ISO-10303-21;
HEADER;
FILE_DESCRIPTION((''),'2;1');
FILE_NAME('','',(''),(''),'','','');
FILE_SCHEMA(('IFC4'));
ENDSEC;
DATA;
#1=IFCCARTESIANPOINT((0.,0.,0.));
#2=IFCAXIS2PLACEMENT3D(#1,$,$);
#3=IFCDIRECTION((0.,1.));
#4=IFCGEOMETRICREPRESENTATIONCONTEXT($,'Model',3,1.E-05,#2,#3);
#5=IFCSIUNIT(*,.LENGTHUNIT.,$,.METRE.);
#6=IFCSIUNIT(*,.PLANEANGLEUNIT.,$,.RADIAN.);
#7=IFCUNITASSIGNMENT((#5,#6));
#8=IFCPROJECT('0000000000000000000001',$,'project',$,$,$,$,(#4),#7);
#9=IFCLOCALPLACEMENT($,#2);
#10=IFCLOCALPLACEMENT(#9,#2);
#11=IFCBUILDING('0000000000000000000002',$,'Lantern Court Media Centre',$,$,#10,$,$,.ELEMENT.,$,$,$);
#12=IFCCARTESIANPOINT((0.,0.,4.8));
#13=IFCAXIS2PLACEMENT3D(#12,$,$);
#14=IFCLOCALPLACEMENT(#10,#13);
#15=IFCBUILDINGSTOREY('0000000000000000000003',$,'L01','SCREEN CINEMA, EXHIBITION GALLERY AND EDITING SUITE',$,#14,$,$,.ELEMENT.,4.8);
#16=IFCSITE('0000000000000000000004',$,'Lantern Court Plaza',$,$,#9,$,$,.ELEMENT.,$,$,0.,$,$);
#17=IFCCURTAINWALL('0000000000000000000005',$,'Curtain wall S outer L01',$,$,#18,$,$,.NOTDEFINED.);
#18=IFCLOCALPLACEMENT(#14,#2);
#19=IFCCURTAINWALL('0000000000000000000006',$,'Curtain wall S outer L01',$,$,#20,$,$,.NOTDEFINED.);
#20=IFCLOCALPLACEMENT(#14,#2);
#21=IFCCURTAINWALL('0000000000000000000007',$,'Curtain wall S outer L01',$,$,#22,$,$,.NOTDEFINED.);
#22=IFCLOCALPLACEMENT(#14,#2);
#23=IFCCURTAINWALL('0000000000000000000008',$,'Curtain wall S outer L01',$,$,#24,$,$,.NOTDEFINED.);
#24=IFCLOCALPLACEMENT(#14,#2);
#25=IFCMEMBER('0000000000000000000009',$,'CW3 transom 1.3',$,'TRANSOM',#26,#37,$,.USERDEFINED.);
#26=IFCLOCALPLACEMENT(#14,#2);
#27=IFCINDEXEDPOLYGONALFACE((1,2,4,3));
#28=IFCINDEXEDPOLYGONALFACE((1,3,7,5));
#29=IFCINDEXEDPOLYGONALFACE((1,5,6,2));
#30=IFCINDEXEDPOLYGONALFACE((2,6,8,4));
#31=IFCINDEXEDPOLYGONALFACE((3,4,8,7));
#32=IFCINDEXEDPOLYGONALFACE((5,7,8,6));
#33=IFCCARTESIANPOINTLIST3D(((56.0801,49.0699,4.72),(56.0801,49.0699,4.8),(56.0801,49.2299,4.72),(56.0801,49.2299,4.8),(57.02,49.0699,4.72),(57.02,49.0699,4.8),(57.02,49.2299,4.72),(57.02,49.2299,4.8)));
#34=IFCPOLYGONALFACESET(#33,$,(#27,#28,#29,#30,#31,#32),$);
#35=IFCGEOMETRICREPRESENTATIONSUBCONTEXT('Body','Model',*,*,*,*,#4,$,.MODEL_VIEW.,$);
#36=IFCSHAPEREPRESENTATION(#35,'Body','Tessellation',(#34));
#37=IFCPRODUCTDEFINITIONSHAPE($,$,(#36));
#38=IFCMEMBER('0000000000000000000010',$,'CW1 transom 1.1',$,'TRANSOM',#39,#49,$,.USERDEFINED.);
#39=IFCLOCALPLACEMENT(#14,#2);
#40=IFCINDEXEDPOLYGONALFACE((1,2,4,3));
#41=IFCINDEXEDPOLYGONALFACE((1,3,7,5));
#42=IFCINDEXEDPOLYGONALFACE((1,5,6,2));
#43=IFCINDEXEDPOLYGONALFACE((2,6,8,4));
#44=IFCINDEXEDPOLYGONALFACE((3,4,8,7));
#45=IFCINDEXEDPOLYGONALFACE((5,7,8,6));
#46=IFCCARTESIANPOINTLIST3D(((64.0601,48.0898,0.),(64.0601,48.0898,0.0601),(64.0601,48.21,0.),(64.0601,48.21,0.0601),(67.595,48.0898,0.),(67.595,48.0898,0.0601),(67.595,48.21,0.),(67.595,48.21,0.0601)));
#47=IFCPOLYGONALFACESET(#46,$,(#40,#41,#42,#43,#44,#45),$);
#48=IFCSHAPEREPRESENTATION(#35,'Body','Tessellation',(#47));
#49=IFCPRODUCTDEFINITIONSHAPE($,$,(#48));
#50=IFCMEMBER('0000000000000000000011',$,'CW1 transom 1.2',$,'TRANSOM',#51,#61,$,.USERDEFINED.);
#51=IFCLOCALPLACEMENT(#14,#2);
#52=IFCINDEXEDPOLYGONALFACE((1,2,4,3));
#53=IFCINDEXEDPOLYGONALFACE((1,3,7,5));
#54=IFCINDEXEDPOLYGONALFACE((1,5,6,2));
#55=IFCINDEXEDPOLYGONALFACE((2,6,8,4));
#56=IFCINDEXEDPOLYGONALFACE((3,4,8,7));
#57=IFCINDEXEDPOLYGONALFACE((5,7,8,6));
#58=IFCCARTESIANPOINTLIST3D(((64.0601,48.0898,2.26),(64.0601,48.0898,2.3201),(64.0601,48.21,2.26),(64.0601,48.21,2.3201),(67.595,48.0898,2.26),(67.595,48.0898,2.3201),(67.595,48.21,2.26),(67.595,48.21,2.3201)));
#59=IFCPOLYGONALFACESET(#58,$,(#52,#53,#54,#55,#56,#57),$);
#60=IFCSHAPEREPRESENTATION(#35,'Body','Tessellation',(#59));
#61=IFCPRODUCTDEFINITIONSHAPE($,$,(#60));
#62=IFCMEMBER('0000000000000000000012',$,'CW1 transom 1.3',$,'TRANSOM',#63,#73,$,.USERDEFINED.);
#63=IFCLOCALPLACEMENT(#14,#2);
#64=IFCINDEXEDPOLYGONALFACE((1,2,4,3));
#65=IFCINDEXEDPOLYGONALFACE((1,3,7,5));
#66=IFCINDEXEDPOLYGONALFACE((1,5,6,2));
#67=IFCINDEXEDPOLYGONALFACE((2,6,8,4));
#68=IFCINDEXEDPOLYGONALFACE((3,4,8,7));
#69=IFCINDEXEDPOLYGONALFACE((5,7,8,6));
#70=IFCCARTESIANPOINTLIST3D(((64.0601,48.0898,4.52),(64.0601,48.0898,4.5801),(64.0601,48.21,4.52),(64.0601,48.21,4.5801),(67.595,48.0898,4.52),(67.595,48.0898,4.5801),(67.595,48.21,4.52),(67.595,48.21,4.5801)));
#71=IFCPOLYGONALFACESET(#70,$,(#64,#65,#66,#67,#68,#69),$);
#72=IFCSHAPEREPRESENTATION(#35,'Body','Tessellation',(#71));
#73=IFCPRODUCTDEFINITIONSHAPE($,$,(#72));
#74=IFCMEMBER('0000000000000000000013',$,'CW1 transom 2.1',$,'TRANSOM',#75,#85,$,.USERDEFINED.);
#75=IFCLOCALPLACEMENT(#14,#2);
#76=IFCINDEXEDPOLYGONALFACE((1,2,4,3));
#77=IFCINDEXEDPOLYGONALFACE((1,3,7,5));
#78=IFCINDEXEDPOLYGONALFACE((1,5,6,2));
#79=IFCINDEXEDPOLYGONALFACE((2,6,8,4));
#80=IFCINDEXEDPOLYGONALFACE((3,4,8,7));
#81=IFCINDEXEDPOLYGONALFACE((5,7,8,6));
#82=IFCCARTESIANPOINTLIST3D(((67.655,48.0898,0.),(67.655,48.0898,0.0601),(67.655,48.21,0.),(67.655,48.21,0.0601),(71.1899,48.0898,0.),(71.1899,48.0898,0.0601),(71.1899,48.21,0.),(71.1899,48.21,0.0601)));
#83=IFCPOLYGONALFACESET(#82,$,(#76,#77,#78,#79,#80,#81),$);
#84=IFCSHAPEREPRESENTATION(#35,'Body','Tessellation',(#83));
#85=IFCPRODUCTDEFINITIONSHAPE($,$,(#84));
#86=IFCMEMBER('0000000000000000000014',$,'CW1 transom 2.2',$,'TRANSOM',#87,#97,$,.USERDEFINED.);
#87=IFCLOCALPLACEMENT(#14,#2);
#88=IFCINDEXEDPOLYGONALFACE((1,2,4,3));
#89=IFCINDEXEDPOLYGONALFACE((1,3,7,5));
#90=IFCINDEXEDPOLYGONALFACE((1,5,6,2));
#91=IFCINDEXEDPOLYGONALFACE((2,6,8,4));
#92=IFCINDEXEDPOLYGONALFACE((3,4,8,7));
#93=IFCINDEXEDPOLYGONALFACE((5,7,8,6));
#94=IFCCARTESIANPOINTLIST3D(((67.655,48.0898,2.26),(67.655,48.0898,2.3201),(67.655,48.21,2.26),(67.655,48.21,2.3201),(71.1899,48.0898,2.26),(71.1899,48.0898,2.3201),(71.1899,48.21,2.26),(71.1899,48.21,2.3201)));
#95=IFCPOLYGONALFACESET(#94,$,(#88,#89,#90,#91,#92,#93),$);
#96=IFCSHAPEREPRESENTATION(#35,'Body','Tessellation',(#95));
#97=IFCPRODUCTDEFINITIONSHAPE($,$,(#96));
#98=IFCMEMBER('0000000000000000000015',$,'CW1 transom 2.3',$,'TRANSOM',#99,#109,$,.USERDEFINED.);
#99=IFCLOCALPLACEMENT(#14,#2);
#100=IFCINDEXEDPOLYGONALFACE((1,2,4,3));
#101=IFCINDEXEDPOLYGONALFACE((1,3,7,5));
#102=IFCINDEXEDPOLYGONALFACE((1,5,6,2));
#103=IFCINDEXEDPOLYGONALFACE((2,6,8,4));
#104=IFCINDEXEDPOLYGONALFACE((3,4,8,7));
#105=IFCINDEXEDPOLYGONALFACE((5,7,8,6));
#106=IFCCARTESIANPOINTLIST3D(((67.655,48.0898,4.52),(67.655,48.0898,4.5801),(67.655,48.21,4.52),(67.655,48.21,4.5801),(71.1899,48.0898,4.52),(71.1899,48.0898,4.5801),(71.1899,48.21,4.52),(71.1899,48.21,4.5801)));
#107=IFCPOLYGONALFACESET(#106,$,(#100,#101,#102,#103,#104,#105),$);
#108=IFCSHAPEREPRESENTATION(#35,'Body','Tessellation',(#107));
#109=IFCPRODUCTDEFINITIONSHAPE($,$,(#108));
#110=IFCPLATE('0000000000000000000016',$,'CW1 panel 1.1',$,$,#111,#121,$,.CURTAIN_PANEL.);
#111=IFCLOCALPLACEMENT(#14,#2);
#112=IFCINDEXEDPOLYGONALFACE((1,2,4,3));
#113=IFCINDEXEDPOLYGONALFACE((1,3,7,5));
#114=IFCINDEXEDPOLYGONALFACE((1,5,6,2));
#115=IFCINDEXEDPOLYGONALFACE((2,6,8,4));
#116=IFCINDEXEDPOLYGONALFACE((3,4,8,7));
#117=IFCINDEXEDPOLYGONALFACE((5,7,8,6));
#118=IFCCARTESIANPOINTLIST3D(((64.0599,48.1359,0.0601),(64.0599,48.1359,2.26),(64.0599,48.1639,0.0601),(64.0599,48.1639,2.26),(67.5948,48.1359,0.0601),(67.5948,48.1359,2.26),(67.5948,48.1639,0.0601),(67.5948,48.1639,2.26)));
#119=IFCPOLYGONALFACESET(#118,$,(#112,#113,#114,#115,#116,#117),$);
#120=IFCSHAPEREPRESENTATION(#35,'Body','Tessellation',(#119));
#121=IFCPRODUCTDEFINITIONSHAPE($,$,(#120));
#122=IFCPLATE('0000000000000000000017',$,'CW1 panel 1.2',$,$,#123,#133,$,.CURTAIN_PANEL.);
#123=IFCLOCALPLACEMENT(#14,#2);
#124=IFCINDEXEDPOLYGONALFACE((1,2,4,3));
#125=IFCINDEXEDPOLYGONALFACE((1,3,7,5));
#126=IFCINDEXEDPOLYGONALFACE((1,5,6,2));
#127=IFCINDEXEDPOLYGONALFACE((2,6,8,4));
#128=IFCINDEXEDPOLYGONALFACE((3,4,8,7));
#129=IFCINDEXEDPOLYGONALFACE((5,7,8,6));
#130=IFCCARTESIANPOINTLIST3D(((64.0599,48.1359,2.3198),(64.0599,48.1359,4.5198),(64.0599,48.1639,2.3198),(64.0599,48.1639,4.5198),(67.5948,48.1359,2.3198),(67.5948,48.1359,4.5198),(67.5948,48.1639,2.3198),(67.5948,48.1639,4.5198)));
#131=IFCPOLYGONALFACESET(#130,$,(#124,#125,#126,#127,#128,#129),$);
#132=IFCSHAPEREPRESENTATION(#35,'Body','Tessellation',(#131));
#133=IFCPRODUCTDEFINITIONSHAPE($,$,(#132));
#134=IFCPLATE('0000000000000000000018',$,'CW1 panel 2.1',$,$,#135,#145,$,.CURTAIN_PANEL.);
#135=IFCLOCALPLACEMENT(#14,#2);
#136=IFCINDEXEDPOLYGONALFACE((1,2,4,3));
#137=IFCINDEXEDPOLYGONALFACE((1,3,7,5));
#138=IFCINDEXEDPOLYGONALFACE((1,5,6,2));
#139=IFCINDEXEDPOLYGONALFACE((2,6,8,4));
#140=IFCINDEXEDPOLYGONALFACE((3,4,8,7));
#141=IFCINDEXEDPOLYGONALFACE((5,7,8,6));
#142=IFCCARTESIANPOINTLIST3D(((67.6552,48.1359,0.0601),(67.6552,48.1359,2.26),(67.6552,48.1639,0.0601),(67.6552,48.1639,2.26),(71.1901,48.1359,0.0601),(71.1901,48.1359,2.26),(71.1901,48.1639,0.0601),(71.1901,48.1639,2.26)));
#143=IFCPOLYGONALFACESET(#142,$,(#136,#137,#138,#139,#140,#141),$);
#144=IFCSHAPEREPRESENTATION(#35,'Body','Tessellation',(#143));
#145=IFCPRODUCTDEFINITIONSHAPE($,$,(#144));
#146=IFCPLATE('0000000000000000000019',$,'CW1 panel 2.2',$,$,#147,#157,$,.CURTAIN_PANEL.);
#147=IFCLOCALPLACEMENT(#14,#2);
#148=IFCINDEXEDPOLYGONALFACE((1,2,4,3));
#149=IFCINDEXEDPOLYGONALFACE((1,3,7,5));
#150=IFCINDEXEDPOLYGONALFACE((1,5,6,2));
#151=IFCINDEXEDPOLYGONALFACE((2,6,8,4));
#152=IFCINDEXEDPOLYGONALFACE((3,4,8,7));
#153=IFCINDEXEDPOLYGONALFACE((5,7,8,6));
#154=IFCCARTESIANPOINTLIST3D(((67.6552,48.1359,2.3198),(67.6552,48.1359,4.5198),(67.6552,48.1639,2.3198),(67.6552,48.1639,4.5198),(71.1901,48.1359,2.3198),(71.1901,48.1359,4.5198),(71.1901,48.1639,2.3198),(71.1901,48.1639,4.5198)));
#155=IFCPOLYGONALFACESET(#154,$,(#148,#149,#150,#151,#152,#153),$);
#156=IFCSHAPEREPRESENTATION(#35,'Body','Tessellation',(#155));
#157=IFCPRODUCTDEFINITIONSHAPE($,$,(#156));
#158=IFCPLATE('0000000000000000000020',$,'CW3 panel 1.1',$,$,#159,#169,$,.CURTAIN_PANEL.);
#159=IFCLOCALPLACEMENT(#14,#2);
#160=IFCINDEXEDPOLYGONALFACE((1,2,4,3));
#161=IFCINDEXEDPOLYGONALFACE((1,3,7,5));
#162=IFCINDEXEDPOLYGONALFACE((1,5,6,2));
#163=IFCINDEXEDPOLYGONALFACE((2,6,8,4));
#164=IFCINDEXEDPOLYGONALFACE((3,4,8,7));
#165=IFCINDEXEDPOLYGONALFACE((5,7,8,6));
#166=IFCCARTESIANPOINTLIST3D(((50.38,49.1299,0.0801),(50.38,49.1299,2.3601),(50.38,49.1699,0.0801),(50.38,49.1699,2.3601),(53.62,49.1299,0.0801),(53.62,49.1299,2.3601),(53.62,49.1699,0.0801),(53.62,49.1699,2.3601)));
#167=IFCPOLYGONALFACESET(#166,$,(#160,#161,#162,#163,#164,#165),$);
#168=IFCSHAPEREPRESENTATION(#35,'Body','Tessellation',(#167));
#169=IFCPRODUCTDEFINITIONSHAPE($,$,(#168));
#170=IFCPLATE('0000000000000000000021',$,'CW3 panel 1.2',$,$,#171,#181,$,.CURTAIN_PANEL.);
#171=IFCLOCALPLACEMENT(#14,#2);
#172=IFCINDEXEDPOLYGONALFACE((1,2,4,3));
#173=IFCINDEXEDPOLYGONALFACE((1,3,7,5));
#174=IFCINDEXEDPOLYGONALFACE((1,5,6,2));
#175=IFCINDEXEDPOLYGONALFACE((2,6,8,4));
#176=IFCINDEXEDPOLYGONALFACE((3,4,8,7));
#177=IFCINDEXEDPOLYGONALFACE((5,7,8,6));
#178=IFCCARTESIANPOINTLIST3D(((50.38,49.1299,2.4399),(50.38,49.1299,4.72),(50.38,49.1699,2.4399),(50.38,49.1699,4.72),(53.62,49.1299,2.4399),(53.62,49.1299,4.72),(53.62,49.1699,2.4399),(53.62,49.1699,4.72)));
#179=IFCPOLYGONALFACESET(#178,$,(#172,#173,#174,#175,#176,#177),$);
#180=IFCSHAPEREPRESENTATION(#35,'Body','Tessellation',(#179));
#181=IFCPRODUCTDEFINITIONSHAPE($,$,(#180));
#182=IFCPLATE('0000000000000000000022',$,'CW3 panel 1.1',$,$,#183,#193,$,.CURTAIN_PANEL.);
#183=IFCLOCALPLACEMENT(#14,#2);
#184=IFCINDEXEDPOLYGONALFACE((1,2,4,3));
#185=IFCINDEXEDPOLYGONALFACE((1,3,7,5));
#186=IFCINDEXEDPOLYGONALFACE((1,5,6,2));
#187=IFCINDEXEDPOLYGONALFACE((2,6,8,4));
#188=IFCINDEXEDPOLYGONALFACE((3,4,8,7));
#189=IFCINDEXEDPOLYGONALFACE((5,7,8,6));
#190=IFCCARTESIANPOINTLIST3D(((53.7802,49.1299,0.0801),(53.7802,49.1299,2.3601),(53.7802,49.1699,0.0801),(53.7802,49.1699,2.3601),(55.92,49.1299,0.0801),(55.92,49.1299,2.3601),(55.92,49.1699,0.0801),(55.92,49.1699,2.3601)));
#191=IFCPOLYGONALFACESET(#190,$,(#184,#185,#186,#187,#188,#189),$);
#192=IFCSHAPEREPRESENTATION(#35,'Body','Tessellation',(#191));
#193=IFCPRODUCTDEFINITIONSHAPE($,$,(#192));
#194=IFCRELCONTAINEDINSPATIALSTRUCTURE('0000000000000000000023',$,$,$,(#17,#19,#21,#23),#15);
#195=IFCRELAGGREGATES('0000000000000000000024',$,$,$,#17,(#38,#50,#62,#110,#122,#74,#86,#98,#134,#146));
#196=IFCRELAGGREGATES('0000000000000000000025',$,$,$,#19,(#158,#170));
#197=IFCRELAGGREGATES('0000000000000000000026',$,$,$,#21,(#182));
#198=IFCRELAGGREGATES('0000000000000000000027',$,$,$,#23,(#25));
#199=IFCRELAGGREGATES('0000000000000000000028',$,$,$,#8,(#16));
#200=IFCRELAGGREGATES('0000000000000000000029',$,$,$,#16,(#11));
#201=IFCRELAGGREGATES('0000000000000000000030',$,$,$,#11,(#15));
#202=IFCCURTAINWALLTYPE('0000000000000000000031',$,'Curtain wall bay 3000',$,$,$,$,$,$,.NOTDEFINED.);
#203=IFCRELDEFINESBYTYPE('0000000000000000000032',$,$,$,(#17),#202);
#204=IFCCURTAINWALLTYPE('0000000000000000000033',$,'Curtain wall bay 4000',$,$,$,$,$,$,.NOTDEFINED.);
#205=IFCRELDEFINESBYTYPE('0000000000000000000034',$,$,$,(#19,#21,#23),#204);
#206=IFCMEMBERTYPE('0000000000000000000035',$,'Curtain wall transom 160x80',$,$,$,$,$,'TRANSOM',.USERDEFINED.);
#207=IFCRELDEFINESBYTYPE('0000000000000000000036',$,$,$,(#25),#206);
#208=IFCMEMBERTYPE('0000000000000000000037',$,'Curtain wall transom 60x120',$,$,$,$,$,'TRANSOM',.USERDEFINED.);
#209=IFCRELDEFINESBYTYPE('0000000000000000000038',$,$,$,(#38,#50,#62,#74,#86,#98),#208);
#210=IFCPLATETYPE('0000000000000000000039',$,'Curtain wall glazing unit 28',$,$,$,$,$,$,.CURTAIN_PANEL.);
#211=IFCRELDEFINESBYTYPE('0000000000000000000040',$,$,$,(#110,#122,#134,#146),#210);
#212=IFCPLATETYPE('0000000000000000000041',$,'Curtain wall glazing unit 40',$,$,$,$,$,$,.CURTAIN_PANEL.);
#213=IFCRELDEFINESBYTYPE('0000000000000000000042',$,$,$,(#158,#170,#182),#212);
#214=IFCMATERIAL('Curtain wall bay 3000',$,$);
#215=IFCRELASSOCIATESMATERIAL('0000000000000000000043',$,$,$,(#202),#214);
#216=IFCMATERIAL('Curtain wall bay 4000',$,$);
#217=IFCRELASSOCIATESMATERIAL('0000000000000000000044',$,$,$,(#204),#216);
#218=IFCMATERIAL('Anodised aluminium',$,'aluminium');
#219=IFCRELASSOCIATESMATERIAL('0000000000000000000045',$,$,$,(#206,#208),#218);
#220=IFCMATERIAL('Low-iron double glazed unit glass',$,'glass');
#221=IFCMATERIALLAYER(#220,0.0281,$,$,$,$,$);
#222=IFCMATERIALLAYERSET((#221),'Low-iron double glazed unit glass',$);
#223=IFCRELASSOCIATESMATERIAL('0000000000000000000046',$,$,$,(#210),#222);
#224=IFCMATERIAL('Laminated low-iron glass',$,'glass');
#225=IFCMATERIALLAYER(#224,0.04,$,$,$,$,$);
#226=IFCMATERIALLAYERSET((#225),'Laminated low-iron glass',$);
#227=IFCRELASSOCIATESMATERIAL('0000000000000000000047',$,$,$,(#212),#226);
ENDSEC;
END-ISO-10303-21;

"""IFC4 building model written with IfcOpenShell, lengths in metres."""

from ifc_helpers import new_model, si_unit, direction, frame, origin, origin_2d, place, context, subcontext, project, spatial, rectangle, extrude, material, layer, layer_set, material_profile, profile_set, type_object, element, aggregate, save


model = new_model("IFC4")

# Units and contexts
model_context = context("Model", 3, precision=1e-05, world=origin(), true_north=direction((0.0, 1.0)))
body_context = subcontext(model_context, "Body", "Model", "MODEL_VIEW")
ifc_project = project(units=[si_unit("LENGTHUNIT", "METRE"), si_unit("PLANEANGLEUNIT", "RADIAN")], contexts=[model_context])

# Site, building, storey
site_placement = place(None, origin())
site = spatial("IfcSite", under=ifc_project, at=site_placement, Name="Lantern Court Plaza", CompositionType="ELEMENT", RefElevation=0.0)
building_placement = place(site_placement, origin())
building = spatial("IfcBuilding", under=site, at=building_placement, Name="Lantern Court Media Centre", CompositionType="ELEMENT")
storey_placement = place(building_placement, frame((0.0, 0.0, 4.8)))
storey = spatial("IfcBuildingStorey", under=building, at=storey_placement, Name="L01", Description="SCREEN CINEMA, EXHIBITION GALLERY AND EDITING SUITE", CompositionType="ELEMENT", Elevation=4.8)

# Curtain walls
ifc_material_1 = material(Name="Curtain wall bay 3000")
curtain_wall_type_1 = type_object("IfcCurtainWallType", Name="Curtain wall bay 3000", PredefinedType="NOTDEFINED", material=ifc_material_1)
curtain_wall_1_placement = place(storey_placement, origin())
curtain_wall_1 = element("IfcCurtainWall", 1, at=curtain_wall_1_placement, inside=storey, type_object=curtain_wall_type_1, Name="Curtain wall S outer L01", PredefinedType="NOTDEFINED")
ifc_material_2 = material(Name="Anodised aluminium", Category="aluminium")
ifc_material_3 = material(Name="Curtain wall bay 4000")
curtain_wall_type_2 = type_object("IfcCurtainWallType", Name="Curtain wall bay 4000", PredefinedType="NOTDEFINED", material=ifc_material_3)
curtain_wall_2_placement = place(storey_placement, origin())
curtain_wall_2 = element("IfcCurtainWall", 2, at=curtain_wall_2_placement, inside=storey, type_object=curtain_wall_type_2, Name="Curtain wall S outer L01", PredefinedType="NOTDEFINED")

# Curtain walls
curtain_wall_3_placement = place(storey_placement, origin())
curtain_wall_3 = element("IfcCurtainWall", 3, at=curtain_wall_3_placement, inside=storey, type_object=curtain_wall_type_2, Name="Curtain wall S outer L01", PredefinedType="NOTDEFINED")
curtain_wall_4_placement = place(storey_placement, origin())
curtain_wall_4 = element("IfcCurtainWall", 4, at=curtain_wall_4_placement, inside=storey, type_object=curtain_wall_type_2, Name="Curtain wall S outer L01", PredefinedType="NOTDEFINED")

# Members
ifc_material_profile_1 = material_profile(ifc_material_2, rectangle(XDim=0.1599, YDim=0.0801, at=origin_2d()), Name="AL 80x160")
ifc_profile_set_1 = profile_set([ifc_material_profile_1], Name="Anodised aluminium")
member_type_1 = type_object("IfcMemberType", Name="Curtain wall transom 160x80", ElementType="TRANSOM", PredefinedType="USERDEFINED", material=ifc_profile_set_1)
member_1_placement = place(storey_placement, frame((56.0801, 49.1499, 4.76), z_axis=(1.0, 0.0, 0.0), x_axis=(0.0, 1.0, 0.0)))
member_1 = element("IfcMember", 5, at=member_1_placement, type_object=member_type_1, Name="CW3 transom 1.3", ObjectType="TRANSOM", PredefinedType="USERDEFINED", context=body_context, shape_type="SweptSolid", body=[
    extrude(rectangle(XDim=0.1599, YDim=0.0801, at=origin_2d()), origin(), (0.0, 0.0, 1.0), 0.9399),
])
ifc_material_profile_2 = material_profile(ifc_material_2, rectangle(XDim=0.1201, YDim=0.0601, at=origin_2d()), Name="AL 60x120")
ifc_profile_set_2 = profile_set([ifc_material_profile_2], Name="Anodised aluminium")
member_type_2 = type_object("IfcMemberType", Name="Curtain wall transom 60x120", ElementType="TRANSOM", PredefinedType="USERDEFINED", material=ifc_profile_set_2)
member_2_placement = place(storey_placement, frame((64.0601, 48.1499, 0.03), z_axis=(1.0, 0.0, 0.0), x_axis=(0.0, 1.0, 0.0)))
member_2 = element("IfcMember", 6, at=member_2_placement, type_object=member_type_2, Name="CW1 transom 1.1", ObjectType="TRANSOM", PredefinedType="USERDEFINED", context=body_context, shape_type="SweptSolid", body=[
    extrude(rectangle(XDim=0.1201, YDim=0.0601, at=origin_2d()), origin(), (0.0, 0.0, 1.0), 3.5349),
])
member_3_placement = place(storey_placement, frame((64.0601, 48.1499, 2.29), z_axis=(1.0, 0.0, 0.0), x_axis=(0.0, 1.0, 0.0)))
member_3 = element("IfcMember", 7, at=member_3_placement, type_object=member_type_2, Name="CW1 transom 1.2", ObjectType="TRANSOM", PredefinedType="USERDEFINED", context=body_context, shape_type="SweptSolid", body=[
    extrude(rectangle(XDim=0.1201, YDim=0.0601, at=origin_2d()), origin(), (0.0, 0.0, 1.0), 3.5349),
])
member_4_placement = place(storey_placement, frame((64.0601, 48.1499, 4.55), z_axis=(1.0, 0.0, 0.0), x_axis=(0.0, 1.0, 0.0)))
member_4 = element("IfcMember", 8, at=member_4_placement, type_object=member_type_2, Name="CW1 transom 1.3", ObjectType="TRANSOM", PredefinedType="USERDEFINED", context=body_context, shape_type="SweptSolid", body=[
    extrude(rectangle(XDim=0.1201, YDim=0.0601, at=origin_2d()), origin(), (0.0, 0.0, 1.0), 3.5349),
])
member_5_placement = place(storey_placement, frame((67.655, 48.1499, 0.03), z_axis=(1.0, 0.0, 0.0), x_axis=(0.0, 1.0, 0.0)))
member_5 = element("IfcMember", 9, at=member_5_placement, type_object=member_type_2, Name="CW1 transom 2.1", ObjectType="TRANSOM", PredefinedType="USERDEFINED", context=body_context, shape_type="SweptSolid", body=[
    extrude(rectangle(XDim=0.1201, YDim=0.0601, at=origin_2d()), origin(), (0.0, 0.0, 1.0), 3.5349),
])
member_6_placement = place(storey_placement, frame((67.655, 48.1499, 2.29), z_axis=(1.0, 0.0, 0.0), x_axis=(0.0, 1.0, 0.0)))
member_6 = element("IfcMember", 10, at=member_6_placement, type_object=member_type_2, Name="CW1 transom 2.2", ObjectType="TRANSOM", PredefinedType="USERDEFINED", context=body_context, shape_type="SweptSolid", body=[
    extrude(rectangle(XDim=0.1201, YDim=0.0601, at=origin_2d()), origin(), (0.0, 0.0, 1.0), 3.5349),
])
member_7_placement = place(storey_placement, frame((67.655, 48.1499, 4.55), z_axis=(1.0, 0.0, 0.0), x_axis=(0.0, 1.0, 0.0)))
member_7 = element("IfcMember", 11, at=member_7_placement, type_object=member_type_2, Name="CW1 transom 2.3", ObjectType="TRANSOM", PredefinedType="USERDEFINED", context=body_context, shape_type="SweptSolid", body=[
    extrude(rectangle(XDim=0.1201, YDim=0.0601, at=origin_2d()), origin(), (0.0, 0.0, 1.0), 3.5349),
])

# Plates
ifc_material_4 = material(Name="Low-iron double glazed unit glass", Category="glass")
ifc_layer_1 = layer(ifc_material_4, 0.0281)
ifc_layer_set_1 = layer_set([ifc_layer_1], Name="Low-iron double glazed unit glass")
plate_type_1 = type_object("IfcPlateType", Name="Curtain wall glazing unit 28", PredefinedType="CURTAIN_PANEL", material=ifc_layer_set_1)
plate_1_placement = place(storey_placement, frame((65.8274, 48.1499, 0.0601), z_axis=(0.0, 0.0, 1.0), x_axis=(1.0, 0.0, 0.0)))
plate_1 = element("IfcPlate", 12, at=plate_1_placement, type_object=plate_type_1, Name="CW1 panel 1.1", PredefinedType="CURTAIN_PANEL", context=body_context, shape_type="SweptSolid", body=[
    extrude(rectangle(XDim=3.5349, YDim=0.0281, at=origin_2d()), origin(), (0.0, 0.0, 1.0), 2.2),
])
plate_2_placement = place(storey_placement, frame((65.8274, 48.1499, 2.3198), z_axis=(0.0, 0.0, 1.0), x_axis=(1.0, 0.0, 0.0)))
plate_2 = element("IfcPlate", 13, at=plate_2_placement, type_object=plate_type_1, Name="CW1 panel 1.2", PredefinedType="CURTAIN_PANEL", context=body_context, shape_type="SweptSolid", body=[
    extrude(rectangle(XDim=3.5349, YDim=0.0281, at=origin_2d()), origin(), (0.0, 0.0, 1.0), 2.2),
])
plate_3_placement = place(storey_placement, frame((69.4226, 48.1499, 0.0601), z_axis=(0.0, 0.0, 1.0), x_axis=(1.0, 0.0, 0.0)))
plate_3 = element("IfcPlate", 14, at=plate_3_placement, type_object=plate_type_1, Name="CW1 panel 2.1", PredefinedType="CURTAIN_PANEL", context=body_context, shape_type="SweptSolid", body=[
    extrude(rectangle(XDim=3.5349, YDim=0.0281, at=origin_2d()), origin(), (0.0, 0.0, 1.0), 2.2),
])
plate_4_placement = place(storey_placement, frame((69.4226, 48.1499, 2.3198), z_axis=(0.0, 0.0, 1.0), x_axis=(1.0, 0.0, 0.0)))
plate_4 = element("IfcPlate", 15, at=plate_4_placement, type_object=plate_type_1, Name="CW1 panel 2.2", PredefinedType="CURTAIN_PANEL", context=body_context, shape_type="SweptSolid", body=[
    extrude(rectangle(XDim=3.5349, YDim=0.0281, at=origin_2d()), origin(), (0.0, 0.0, 1.0), 2.2),
])
aggregate(curtain_wall_1, [member_2, member_3, member_4, plate_1, plate_2, member_5, member_6, member_7, plate_3, plate_4])
ifc_material_5 = material(Name="Laminated low-iron glass", Category="glass")
ifc_layer_2 = layer(ifc_material_5, 0.04)
ifc_layer_set_2 = layer_set([ifc_layer_2], Name="Laminated low-iron glass")
plate_type_2 = type_object("IfcPlateType", Name="Curtain wall glazing unit 40", PredefinedType="CURTAIN_PANEL", material=ifc_layer_set_2)
plate_5_placement = place(storey_placement, frame((52.0, 49.1499, 0.0801), z_axis=(0.0, 0.0, 1.0), x_axis=(1.0, 0.0, 0.0)))
plate_5 = element("IfcPlate", 16, at=plate_5_placement, type_object=plate_type_2, Name="CW3 panel 1.1", PredefinedType="CURTAIN_PANEL", context=body_context, shape_type="SweptSolid", body=[
    extrude(rectangle(XDim=3.24, YDim=0.04, at=origin_2d()), origin(), (0.0, 0.0, 1.0), 2.28),
])
plate_6_placement = place(storey_placement, frame((52.0, 49.1499, 2.4399), z_axis=(0.0, 0.0, 1.0), x_axis=(1.0, 0.0, 0.0)))
plate_6 = element("IfcPlate", 17, at=plate_6_placement, type_object=plate_type_2, Name="CW3 panel 1.2", PredefinedType="CURTAIN_PANEL", context=body_context, shape_type="SweptSolid", body=[
    extrude(rectangle(XDim=3.24, YDim=0.04, at=origin_2d()), origin(), (0.0, 0.0, 1.0), 2.28),
])
aggregate(curtain_wall_2, [plate_5, plate_6])
plate_7_placement = place(storey_placement, frame((54.8501, 49.1499, 0.0801), z_axis=(0.0, 0.0, 1.0), x_axis=(1.0, 0.0, 0.0)))
plate_7 = element("IfcPlate", 18, at=plate_7_placement, type_object=plate_type_2, Name="CW3 panel 1.1", PredefinedType="CURTAIN_PANEL", context=body_context, shape_type="SweptSolid", body=[
    extrude(rectangle(XDim=2.1399, YDim=0.04, at=origin_2d()), origin(), (0.0, 0.0, 1.0), 2.28),
])
aggregate(curtain_wall_3, [plate_7])
aggregate(curtain_wall_4, [member_1])

save(model, "model.ifc")
